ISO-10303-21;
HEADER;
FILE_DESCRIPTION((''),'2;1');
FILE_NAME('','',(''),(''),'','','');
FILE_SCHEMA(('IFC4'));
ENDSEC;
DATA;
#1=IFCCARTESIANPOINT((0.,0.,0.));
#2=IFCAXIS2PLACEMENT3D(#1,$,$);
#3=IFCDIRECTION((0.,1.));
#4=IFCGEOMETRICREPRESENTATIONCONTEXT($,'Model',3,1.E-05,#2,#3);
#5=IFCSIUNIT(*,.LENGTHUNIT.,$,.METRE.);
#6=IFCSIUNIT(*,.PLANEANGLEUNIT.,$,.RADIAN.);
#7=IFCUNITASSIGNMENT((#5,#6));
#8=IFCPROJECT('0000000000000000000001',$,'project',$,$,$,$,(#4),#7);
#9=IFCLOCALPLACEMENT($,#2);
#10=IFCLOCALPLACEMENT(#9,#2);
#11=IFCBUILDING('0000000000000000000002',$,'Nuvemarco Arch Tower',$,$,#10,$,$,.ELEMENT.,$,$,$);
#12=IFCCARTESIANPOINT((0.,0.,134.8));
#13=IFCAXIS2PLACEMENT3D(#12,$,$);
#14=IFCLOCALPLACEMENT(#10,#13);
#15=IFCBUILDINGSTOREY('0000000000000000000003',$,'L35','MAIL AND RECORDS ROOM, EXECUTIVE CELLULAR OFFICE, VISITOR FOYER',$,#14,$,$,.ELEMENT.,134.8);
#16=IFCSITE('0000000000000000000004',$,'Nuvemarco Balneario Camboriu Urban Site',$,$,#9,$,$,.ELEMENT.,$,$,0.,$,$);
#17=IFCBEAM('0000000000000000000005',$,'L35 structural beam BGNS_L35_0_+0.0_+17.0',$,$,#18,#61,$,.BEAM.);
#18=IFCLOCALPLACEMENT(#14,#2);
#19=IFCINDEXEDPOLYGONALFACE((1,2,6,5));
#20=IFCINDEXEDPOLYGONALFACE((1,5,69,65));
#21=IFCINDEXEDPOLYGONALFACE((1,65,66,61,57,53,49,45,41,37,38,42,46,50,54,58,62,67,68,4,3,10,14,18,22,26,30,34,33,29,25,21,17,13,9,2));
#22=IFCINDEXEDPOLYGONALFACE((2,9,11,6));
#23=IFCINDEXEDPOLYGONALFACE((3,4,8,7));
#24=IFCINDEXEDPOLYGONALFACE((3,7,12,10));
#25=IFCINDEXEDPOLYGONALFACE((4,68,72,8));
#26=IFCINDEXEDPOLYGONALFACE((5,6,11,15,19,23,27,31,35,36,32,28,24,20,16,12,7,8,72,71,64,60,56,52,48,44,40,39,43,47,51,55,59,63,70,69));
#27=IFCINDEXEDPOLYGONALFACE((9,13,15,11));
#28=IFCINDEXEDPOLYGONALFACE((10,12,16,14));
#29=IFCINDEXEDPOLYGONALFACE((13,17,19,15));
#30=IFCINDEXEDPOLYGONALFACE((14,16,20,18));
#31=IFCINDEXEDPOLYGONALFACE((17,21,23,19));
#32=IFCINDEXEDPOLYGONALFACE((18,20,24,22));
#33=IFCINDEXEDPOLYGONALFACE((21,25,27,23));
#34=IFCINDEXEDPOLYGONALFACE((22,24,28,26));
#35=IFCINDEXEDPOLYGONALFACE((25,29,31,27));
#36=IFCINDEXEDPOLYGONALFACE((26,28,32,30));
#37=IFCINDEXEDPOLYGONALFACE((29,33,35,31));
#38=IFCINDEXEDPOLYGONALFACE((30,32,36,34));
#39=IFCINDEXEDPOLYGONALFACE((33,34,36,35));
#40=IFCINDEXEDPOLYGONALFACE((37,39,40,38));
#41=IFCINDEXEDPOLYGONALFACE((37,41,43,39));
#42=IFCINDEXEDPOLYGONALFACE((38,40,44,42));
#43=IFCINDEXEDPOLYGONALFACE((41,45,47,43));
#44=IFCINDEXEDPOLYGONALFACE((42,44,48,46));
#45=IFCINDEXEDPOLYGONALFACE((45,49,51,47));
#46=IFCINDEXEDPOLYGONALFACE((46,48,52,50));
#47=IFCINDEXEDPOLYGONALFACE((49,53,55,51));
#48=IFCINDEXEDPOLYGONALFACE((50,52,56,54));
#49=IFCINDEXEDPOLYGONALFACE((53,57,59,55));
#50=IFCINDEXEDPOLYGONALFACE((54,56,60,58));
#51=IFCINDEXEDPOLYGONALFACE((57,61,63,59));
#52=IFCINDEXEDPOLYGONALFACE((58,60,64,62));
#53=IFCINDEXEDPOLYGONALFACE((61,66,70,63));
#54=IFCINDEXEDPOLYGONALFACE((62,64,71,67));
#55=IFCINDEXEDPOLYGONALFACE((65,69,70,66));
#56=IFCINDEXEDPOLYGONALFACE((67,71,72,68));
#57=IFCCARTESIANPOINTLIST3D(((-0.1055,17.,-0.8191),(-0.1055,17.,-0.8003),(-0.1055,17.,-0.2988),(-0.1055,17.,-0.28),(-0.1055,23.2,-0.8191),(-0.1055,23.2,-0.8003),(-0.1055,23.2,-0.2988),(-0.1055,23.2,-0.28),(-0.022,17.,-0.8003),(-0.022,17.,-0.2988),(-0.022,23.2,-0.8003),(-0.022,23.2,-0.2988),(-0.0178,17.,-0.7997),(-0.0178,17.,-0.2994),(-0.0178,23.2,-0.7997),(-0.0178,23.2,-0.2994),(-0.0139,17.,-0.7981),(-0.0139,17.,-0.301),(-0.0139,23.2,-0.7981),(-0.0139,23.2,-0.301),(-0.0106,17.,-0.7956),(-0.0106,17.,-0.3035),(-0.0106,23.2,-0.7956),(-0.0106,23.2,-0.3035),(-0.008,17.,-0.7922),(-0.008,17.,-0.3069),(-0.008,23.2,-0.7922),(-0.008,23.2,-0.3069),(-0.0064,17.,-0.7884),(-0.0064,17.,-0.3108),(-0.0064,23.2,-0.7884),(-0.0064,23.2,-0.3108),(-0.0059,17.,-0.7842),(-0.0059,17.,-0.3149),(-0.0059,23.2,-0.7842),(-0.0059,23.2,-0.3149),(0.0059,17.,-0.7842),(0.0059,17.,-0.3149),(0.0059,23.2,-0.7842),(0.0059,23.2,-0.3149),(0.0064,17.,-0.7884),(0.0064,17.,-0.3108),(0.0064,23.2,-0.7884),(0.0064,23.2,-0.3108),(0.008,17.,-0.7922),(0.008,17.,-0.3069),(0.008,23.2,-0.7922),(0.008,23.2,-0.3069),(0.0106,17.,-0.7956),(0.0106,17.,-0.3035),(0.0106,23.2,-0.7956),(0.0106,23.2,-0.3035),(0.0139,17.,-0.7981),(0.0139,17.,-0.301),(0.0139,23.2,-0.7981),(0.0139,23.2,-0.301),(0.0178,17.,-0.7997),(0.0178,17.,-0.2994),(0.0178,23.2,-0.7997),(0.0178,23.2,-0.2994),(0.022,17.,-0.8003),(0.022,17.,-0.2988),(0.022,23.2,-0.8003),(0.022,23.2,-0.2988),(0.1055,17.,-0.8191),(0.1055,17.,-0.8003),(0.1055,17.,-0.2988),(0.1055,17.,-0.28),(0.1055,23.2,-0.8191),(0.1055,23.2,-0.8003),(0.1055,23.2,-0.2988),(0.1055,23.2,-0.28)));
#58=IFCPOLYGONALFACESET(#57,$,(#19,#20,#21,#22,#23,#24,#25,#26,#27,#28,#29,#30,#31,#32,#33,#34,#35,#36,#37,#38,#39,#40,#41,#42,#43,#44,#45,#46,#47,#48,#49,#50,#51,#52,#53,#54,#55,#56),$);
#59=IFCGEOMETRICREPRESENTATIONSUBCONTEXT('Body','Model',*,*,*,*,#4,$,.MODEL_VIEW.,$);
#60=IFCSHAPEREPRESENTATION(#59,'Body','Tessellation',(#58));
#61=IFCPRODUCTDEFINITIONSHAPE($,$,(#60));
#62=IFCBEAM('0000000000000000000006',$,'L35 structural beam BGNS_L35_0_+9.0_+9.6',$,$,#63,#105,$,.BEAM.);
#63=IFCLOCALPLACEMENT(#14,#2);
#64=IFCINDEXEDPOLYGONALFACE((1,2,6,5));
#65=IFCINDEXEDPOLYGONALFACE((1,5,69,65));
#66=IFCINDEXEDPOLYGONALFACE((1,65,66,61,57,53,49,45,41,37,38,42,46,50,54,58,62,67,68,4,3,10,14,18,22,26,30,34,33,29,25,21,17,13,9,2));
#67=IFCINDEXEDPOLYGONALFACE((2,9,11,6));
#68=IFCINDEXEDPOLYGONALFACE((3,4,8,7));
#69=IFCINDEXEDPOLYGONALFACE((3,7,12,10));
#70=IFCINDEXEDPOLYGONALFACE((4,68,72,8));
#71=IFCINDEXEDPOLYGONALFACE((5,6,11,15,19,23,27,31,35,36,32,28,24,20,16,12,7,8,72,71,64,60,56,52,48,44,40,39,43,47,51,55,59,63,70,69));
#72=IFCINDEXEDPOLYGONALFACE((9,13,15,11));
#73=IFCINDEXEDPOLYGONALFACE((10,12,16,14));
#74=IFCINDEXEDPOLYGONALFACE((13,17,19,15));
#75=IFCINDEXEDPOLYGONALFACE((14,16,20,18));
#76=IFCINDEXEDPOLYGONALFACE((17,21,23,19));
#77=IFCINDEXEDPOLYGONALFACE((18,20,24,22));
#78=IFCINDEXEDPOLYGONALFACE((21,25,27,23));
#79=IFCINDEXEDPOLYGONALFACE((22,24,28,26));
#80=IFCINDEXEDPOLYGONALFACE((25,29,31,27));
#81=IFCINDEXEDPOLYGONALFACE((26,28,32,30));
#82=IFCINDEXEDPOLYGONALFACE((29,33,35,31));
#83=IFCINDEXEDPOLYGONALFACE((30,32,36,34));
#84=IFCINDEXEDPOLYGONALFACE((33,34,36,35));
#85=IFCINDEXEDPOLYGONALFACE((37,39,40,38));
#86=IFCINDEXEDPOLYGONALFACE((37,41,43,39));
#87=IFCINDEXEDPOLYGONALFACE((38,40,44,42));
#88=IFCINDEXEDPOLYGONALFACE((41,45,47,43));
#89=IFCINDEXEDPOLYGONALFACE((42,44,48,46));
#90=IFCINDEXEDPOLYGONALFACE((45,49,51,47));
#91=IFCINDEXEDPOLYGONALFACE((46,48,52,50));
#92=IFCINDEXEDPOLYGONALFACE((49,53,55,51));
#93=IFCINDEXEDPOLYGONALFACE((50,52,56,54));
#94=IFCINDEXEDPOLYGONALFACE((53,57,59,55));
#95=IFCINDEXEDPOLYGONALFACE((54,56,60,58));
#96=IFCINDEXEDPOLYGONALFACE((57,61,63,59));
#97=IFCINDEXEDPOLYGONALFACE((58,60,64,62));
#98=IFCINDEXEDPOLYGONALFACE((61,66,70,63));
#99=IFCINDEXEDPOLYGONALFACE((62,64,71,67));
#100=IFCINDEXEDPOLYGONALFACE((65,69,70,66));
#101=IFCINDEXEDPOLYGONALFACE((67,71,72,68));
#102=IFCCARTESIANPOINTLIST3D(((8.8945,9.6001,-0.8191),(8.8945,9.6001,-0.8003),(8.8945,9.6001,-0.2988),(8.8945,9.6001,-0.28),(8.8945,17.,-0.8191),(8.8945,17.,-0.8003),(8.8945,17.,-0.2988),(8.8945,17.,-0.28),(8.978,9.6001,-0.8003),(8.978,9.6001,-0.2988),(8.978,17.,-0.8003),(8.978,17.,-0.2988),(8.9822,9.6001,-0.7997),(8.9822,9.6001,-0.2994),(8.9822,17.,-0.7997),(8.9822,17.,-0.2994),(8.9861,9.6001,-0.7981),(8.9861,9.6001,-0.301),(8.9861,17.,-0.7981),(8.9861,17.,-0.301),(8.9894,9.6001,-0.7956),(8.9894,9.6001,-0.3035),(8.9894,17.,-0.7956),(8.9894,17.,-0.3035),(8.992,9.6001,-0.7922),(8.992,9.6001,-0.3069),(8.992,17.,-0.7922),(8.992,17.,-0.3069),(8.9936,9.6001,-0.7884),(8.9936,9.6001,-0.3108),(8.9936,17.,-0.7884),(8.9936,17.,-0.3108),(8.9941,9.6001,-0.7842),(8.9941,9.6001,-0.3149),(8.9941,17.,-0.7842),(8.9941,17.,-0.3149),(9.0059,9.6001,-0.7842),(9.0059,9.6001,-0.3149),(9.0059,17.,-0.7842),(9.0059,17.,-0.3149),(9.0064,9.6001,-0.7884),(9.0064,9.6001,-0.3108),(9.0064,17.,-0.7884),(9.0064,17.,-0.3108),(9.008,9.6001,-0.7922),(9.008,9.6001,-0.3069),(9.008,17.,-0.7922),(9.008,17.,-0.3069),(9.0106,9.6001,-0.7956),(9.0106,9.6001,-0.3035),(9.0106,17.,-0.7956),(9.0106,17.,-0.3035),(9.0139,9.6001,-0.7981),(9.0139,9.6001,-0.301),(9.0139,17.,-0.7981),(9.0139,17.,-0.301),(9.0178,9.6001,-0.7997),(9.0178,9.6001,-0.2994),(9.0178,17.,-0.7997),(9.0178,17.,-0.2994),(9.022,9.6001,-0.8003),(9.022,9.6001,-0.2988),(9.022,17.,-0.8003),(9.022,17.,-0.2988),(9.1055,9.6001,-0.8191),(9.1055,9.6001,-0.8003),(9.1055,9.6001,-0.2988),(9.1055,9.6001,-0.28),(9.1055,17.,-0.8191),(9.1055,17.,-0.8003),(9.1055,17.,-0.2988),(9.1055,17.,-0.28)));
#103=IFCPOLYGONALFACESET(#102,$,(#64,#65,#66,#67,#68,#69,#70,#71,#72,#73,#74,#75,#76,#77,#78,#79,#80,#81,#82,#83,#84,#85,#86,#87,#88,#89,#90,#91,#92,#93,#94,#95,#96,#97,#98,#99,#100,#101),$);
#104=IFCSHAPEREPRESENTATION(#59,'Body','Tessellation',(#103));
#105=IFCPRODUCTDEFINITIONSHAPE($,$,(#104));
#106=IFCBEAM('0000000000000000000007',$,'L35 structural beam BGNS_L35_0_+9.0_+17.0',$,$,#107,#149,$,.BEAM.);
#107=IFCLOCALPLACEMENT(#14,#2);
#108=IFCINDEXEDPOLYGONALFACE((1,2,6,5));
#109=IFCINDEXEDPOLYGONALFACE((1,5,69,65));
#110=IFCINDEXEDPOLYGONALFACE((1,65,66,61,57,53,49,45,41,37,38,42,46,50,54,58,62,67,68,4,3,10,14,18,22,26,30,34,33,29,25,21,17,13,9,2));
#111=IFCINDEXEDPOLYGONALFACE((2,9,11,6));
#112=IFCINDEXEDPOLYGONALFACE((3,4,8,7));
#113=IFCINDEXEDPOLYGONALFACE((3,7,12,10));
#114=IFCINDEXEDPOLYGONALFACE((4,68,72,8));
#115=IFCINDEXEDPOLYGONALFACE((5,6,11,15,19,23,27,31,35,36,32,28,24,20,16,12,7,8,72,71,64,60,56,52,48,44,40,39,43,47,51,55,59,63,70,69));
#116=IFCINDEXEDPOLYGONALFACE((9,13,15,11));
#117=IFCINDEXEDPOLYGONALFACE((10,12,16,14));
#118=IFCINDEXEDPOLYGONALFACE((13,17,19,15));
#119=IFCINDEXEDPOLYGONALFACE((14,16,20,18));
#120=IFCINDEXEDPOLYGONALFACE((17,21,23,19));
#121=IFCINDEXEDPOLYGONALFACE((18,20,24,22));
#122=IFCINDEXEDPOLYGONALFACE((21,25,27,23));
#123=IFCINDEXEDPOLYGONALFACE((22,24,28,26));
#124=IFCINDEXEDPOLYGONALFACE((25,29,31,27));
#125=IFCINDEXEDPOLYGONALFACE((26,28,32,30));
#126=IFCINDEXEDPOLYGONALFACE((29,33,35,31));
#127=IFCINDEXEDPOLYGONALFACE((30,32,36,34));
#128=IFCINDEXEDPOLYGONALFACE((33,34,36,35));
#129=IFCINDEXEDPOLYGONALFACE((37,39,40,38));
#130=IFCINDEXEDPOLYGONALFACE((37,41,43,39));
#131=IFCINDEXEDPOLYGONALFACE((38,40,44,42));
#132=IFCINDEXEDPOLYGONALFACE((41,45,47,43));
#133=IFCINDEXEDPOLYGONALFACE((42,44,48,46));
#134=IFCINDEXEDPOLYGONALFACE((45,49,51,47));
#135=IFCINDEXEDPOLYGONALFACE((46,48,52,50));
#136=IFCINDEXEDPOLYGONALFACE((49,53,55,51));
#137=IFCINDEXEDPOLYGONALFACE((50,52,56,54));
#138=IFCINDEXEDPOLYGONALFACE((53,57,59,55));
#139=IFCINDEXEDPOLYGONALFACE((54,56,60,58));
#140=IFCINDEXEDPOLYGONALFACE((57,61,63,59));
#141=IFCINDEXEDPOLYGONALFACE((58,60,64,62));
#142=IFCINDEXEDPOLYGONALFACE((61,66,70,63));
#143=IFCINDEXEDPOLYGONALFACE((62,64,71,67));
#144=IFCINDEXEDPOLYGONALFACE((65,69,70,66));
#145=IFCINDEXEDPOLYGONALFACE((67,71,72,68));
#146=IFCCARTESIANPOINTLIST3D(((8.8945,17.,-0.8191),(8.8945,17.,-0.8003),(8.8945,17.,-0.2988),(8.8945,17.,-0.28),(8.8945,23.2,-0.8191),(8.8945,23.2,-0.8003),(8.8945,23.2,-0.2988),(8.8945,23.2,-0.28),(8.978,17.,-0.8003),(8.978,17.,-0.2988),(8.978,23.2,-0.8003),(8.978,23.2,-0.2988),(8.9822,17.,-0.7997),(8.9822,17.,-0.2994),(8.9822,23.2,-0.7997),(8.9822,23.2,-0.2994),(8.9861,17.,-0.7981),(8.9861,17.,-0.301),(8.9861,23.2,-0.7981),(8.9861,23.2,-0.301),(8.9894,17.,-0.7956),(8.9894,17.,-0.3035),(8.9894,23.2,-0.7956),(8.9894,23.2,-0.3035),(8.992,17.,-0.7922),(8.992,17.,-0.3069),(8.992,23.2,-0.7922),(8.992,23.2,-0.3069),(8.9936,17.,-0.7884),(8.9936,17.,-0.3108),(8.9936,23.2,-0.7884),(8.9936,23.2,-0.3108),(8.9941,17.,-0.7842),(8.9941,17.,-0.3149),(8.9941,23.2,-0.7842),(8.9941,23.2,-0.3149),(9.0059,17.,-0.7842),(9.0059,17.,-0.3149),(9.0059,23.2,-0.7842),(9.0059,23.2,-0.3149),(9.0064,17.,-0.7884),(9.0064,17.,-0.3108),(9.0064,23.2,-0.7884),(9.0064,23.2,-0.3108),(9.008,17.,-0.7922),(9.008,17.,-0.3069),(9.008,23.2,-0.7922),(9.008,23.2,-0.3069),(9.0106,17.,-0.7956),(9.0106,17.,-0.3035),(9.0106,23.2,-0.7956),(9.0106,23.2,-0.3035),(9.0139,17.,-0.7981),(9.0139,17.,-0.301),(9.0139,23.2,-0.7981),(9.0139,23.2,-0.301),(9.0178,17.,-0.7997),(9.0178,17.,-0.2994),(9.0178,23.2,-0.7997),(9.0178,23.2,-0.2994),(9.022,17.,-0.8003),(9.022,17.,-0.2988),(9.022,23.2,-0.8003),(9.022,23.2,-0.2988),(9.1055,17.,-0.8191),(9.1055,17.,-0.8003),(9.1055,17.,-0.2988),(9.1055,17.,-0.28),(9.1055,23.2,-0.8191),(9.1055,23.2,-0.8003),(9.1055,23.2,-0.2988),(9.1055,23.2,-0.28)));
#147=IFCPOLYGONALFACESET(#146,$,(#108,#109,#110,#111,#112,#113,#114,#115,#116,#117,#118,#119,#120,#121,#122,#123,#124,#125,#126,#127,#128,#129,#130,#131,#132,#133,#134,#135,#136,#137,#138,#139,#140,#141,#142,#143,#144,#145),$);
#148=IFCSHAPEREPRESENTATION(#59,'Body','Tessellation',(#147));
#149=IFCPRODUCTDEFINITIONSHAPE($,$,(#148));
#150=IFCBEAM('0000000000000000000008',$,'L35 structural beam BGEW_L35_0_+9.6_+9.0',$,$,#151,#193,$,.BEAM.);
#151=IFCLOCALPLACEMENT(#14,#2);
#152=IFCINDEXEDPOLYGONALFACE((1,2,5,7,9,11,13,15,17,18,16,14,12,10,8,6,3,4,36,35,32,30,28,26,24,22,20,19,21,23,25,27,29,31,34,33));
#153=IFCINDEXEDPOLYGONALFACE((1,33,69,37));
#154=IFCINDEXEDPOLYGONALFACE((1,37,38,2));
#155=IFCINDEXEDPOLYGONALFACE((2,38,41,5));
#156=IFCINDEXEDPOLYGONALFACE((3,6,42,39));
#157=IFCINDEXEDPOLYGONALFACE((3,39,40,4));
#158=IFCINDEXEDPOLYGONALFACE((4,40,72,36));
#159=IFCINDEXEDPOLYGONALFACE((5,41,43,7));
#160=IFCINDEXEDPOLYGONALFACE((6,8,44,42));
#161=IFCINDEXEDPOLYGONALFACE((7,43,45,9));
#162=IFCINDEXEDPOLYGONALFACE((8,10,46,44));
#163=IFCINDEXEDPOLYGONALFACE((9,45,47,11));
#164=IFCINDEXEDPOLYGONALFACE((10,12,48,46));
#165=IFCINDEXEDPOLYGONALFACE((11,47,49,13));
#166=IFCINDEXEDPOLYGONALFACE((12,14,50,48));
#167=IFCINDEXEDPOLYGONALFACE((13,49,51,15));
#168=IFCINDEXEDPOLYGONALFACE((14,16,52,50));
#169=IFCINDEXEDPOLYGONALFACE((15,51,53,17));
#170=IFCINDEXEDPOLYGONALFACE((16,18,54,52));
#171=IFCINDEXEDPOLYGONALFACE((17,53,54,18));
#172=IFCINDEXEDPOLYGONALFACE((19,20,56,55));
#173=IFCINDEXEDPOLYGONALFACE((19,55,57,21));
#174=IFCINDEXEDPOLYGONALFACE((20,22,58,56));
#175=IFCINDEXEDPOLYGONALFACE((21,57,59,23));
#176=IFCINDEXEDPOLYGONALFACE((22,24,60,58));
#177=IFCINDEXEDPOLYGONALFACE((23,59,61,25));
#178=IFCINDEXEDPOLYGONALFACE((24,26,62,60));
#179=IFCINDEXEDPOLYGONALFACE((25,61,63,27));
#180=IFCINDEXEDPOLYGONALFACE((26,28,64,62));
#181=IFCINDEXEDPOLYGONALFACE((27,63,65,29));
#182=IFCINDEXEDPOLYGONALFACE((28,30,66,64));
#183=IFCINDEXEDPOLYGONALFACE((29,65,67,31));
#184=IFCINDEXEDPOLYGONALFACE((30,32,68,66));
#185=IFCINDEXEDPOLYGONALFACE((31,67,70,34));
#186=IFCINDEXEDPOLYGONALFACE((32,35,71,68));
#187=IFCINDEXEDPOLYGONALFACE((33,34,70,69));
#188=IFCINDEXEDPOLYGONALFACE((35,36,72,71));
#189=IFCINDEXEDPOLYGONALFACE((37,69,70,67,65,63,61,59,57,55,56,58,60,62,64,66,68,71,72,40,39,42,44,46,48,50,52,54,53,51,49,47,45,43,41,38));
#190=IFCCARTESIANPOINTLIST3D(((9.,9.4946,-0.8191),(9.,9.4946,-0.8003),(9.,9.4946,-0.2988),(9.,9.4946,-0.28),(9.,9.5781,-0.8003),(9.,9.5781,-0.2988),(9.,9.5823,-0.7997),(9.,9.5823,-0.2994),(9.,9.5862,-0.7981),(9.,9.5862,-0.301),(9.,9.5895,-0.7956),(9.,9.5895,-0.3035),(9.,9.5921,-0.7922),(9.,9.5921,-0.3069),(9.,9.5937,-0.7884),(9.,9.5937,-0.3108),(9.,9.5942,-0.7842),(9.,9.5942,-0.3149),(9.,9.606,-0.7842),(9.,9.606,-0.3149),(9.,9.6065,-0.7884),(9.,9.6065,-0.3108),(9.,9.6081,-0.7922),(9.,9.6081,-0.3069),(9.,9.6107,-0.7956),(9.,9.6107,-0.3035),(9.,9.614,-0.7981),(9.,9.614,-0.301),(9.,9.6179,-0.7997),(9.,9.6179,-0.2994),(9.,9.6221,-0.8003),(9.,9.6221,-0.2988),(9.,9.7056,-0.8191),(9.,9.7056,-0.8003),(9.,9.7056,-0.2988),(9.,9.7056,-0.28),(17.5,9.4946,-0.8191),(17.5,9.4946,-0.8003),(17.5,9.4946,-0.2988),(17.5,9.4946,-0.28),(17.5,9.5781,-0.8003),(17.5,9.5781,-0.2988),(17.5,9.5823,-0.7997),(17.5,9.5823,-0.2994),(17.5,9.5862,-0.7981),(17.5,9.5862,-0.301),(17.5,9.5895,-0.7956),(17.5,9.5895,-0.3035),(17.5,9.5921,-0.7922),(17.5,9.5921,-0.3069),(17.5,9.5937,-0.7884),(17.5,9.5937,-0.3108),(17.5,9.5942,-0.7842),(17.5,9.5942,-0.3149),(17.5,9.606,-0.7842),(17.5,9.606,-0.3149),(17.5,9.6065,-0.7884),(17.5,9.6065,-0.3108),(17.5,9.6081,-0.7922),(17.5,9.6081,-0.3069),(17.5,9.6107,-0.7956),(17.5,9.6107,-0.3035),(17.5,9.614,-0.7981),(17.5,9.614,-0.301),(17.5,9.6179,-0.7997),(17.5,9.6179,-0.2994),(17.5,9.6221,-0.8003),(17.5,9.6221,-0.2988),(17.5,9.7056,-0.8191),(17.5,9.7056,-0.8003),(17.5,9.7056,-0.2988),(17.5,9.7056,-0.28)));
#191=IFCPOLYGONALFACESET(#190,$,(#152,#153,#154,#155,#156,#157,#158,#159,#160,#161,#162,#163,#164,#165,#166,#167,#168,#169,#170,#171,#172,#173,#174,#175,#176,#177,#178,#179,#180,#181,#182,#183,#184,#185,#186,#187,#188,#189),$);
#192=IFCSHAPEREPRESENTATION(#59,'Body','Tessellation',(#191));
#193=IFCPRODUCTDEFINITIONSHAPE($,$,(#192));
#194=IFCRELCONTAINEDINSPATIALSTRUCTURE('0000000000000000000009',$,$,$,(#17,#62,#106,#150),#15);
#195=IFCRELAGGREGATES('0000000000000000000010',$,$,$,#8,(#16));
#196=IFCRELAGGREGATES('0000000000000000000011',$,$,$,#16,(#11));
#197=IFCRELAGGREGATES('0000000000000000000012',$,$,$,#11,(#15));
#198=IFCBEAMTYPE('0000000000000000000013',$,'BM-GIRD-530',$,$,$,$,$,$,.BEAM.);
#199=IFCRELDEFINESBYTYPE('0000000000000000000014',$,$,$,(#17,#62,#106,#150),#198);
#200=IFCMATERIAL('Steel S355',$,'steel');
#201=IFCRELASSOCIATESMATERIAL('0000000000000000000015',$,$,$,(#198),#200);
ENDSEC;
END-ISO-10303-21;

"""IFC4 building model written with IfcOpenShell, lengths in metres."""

from ifc_helpers import new_model, si_unit, direction, frame, origin, origin_2d, place, context, subcontext, project, spatial, i_section, extrude, material, material_profile, profile_set, type_object, element, save


model = new_model("IFC4")

# Units and contexts
model_context = context("Model", 3, precision=1e-05, world=origin(), true_north=direction((0.0, 1.0)))
body_context = subcontext(model_context, "Body", "Model", "MODEL_VIEW")
ifc_project = project(units=[si_unit("LENGTHUNIT", "METRE"), si_unit("PLANEANGLEUNIT", "RADIAN")], contexts=[model_context])

# Site, building, storey
site_placement = place(None, origin())
site = spatial("IfcSite", under=ifc_project, at=site_placement, Name="Nuvemarco Balneario Camboriu Urban Site", CompositionType="ELEMENT", RefElevation=0.0)
building_placement = place(site_placement, origin())
building = spatial("IfcBuilding", under=site, at=building_placement, Name="Nuvemarco Arch Tower", CompositionType="ELEMENT")
storey_placement = place(building_placement, frame((0.0, 0.0, 134.8)))
storey = spatial("IfcBuildingStorey", under=building, at=storey_placement, Name="L35", Description="MAIL AND RECORDS ROOM, EXECUTIVE CELLULAR OFFICE, VISITOR FOYER", CompositionType="ELEMENT", Elevation=134.8)

# Shared definitions
ifc_material_1 = material(Name="Steel S355", Category="steel")

# Beams
ifc_material_profile_1 = material_profile(ifc_material_1, i_section(OverallWidth=0.2109, OverallDepth=0.5391, WebThickness=0.0117, FlangeThickness=0.0188, FilletRadius=0.0161, at=origin_2d()), Name="W530x109")
ifc_profile_set_1 = profile_set([ifc_material_profile_1], Name="Steel S355")
beam_type_1 = type_object("IfcBeamType", Name="BM-GIRD-530", PredefinedType="BEAM", material=ifc_profile_set_1)
beam_1_placement = place(storey_placement, frame((0.0, 17.0, -0.5496), z_axis=(0.0, 1.0, 0.0), x_axis=(-1.0, 0.0, 0.0)))
element("IfcBeam", 1, at=beam_1_placement, inside=storey, type_object=beam_type_1, Name="L35 structural beam BGNS_L35_0_+0.0_+17.0", PredefinedType="BEAM", context=body_context, shape_type="SweptSolid", body=[
    extrude(i_section(OverallWidth=0.2109, OverallDepth=0.5391, WebThickness=0.0117, FlangeThickness=0.0188, FilletRadius=0.0161, at=origin_2d()), origin(), (0.0, 0.0, 1.0), 6.2),
])
beam_2_placement = place(storey_placement, frame((9.0, 9.6001, -0.5496), z_axis=(0.0, 1.0, 0.0), x_axis=(-1.0, 0.0, 0.0)))
element("IfcBeam", 2, at=beam_2_placement, inside=storey, type_object=beam_type_1, Name="L35 structural beam BGNS_L35_0_+9.0_+9.6", PredefinedType="BEAM", context=body_context, shape_type="SweptSolid", body=[
    extrude(i_section(OverallWidth=0.2109, OverallDepth=0.5391, WebThickness=0.0117, FlangeThickness=0.0188, FilletRadius=0.0161, at=origin_2d()), origin(), (0.0, 0.0, 1.0), 7.3999),
])
beam_3_placement = place(storey_placement, frame((9.0, 17.0, -0.5496), z_axis=(0.0, 1.0, 0.0), x_axis=(-1.0, 0.0, 0.0)))
element("IfcBeam", 3, at=beam_3_placement, inside=storey, type_object=beam_type_1, Name="L35 structural beam BGNS_L35_0_+9.0_+17.0", PredefinedType="BEAM", context=body_context, shape_type="SweptSolid", body=[
    extrude(i_section(OverallWidth=0.2109, OverallDepth=0.5391, WebThickness=0.0117, FlangeThickness=0.0188, FilletRadius=0.0161, at=origin_2d()), origin(), (0.0, 0.0, 1.0), 6.2),
])
beam_4_placement = place(storey_placement, frame((9.0, 9.6001, -0.5496), z_axis=(1.0, 0.0, 0.0), x_axis=(0.0, 1.0, 0.0)))
element("IfcBeam", 4, at=beam_4_placement, inside=storey, type_object=beam_type_1, Name="L35 structural beam BGEW_L35_0_+9.6_+9.0", PredefinedType="BEAM", context=body_context, shape_type="SweptSolid", body=[
    extrude(i_section(OverallWidth=0.2109, OverallDepth=0.5391, WebThickness=0.0117, FlangeThickness=0.0188, FilletRadius=0.0161, at=origin_2d()), origin(), (0.0, 0.0, 1.0), 8.5),
])

save(model, "model.ifc")
